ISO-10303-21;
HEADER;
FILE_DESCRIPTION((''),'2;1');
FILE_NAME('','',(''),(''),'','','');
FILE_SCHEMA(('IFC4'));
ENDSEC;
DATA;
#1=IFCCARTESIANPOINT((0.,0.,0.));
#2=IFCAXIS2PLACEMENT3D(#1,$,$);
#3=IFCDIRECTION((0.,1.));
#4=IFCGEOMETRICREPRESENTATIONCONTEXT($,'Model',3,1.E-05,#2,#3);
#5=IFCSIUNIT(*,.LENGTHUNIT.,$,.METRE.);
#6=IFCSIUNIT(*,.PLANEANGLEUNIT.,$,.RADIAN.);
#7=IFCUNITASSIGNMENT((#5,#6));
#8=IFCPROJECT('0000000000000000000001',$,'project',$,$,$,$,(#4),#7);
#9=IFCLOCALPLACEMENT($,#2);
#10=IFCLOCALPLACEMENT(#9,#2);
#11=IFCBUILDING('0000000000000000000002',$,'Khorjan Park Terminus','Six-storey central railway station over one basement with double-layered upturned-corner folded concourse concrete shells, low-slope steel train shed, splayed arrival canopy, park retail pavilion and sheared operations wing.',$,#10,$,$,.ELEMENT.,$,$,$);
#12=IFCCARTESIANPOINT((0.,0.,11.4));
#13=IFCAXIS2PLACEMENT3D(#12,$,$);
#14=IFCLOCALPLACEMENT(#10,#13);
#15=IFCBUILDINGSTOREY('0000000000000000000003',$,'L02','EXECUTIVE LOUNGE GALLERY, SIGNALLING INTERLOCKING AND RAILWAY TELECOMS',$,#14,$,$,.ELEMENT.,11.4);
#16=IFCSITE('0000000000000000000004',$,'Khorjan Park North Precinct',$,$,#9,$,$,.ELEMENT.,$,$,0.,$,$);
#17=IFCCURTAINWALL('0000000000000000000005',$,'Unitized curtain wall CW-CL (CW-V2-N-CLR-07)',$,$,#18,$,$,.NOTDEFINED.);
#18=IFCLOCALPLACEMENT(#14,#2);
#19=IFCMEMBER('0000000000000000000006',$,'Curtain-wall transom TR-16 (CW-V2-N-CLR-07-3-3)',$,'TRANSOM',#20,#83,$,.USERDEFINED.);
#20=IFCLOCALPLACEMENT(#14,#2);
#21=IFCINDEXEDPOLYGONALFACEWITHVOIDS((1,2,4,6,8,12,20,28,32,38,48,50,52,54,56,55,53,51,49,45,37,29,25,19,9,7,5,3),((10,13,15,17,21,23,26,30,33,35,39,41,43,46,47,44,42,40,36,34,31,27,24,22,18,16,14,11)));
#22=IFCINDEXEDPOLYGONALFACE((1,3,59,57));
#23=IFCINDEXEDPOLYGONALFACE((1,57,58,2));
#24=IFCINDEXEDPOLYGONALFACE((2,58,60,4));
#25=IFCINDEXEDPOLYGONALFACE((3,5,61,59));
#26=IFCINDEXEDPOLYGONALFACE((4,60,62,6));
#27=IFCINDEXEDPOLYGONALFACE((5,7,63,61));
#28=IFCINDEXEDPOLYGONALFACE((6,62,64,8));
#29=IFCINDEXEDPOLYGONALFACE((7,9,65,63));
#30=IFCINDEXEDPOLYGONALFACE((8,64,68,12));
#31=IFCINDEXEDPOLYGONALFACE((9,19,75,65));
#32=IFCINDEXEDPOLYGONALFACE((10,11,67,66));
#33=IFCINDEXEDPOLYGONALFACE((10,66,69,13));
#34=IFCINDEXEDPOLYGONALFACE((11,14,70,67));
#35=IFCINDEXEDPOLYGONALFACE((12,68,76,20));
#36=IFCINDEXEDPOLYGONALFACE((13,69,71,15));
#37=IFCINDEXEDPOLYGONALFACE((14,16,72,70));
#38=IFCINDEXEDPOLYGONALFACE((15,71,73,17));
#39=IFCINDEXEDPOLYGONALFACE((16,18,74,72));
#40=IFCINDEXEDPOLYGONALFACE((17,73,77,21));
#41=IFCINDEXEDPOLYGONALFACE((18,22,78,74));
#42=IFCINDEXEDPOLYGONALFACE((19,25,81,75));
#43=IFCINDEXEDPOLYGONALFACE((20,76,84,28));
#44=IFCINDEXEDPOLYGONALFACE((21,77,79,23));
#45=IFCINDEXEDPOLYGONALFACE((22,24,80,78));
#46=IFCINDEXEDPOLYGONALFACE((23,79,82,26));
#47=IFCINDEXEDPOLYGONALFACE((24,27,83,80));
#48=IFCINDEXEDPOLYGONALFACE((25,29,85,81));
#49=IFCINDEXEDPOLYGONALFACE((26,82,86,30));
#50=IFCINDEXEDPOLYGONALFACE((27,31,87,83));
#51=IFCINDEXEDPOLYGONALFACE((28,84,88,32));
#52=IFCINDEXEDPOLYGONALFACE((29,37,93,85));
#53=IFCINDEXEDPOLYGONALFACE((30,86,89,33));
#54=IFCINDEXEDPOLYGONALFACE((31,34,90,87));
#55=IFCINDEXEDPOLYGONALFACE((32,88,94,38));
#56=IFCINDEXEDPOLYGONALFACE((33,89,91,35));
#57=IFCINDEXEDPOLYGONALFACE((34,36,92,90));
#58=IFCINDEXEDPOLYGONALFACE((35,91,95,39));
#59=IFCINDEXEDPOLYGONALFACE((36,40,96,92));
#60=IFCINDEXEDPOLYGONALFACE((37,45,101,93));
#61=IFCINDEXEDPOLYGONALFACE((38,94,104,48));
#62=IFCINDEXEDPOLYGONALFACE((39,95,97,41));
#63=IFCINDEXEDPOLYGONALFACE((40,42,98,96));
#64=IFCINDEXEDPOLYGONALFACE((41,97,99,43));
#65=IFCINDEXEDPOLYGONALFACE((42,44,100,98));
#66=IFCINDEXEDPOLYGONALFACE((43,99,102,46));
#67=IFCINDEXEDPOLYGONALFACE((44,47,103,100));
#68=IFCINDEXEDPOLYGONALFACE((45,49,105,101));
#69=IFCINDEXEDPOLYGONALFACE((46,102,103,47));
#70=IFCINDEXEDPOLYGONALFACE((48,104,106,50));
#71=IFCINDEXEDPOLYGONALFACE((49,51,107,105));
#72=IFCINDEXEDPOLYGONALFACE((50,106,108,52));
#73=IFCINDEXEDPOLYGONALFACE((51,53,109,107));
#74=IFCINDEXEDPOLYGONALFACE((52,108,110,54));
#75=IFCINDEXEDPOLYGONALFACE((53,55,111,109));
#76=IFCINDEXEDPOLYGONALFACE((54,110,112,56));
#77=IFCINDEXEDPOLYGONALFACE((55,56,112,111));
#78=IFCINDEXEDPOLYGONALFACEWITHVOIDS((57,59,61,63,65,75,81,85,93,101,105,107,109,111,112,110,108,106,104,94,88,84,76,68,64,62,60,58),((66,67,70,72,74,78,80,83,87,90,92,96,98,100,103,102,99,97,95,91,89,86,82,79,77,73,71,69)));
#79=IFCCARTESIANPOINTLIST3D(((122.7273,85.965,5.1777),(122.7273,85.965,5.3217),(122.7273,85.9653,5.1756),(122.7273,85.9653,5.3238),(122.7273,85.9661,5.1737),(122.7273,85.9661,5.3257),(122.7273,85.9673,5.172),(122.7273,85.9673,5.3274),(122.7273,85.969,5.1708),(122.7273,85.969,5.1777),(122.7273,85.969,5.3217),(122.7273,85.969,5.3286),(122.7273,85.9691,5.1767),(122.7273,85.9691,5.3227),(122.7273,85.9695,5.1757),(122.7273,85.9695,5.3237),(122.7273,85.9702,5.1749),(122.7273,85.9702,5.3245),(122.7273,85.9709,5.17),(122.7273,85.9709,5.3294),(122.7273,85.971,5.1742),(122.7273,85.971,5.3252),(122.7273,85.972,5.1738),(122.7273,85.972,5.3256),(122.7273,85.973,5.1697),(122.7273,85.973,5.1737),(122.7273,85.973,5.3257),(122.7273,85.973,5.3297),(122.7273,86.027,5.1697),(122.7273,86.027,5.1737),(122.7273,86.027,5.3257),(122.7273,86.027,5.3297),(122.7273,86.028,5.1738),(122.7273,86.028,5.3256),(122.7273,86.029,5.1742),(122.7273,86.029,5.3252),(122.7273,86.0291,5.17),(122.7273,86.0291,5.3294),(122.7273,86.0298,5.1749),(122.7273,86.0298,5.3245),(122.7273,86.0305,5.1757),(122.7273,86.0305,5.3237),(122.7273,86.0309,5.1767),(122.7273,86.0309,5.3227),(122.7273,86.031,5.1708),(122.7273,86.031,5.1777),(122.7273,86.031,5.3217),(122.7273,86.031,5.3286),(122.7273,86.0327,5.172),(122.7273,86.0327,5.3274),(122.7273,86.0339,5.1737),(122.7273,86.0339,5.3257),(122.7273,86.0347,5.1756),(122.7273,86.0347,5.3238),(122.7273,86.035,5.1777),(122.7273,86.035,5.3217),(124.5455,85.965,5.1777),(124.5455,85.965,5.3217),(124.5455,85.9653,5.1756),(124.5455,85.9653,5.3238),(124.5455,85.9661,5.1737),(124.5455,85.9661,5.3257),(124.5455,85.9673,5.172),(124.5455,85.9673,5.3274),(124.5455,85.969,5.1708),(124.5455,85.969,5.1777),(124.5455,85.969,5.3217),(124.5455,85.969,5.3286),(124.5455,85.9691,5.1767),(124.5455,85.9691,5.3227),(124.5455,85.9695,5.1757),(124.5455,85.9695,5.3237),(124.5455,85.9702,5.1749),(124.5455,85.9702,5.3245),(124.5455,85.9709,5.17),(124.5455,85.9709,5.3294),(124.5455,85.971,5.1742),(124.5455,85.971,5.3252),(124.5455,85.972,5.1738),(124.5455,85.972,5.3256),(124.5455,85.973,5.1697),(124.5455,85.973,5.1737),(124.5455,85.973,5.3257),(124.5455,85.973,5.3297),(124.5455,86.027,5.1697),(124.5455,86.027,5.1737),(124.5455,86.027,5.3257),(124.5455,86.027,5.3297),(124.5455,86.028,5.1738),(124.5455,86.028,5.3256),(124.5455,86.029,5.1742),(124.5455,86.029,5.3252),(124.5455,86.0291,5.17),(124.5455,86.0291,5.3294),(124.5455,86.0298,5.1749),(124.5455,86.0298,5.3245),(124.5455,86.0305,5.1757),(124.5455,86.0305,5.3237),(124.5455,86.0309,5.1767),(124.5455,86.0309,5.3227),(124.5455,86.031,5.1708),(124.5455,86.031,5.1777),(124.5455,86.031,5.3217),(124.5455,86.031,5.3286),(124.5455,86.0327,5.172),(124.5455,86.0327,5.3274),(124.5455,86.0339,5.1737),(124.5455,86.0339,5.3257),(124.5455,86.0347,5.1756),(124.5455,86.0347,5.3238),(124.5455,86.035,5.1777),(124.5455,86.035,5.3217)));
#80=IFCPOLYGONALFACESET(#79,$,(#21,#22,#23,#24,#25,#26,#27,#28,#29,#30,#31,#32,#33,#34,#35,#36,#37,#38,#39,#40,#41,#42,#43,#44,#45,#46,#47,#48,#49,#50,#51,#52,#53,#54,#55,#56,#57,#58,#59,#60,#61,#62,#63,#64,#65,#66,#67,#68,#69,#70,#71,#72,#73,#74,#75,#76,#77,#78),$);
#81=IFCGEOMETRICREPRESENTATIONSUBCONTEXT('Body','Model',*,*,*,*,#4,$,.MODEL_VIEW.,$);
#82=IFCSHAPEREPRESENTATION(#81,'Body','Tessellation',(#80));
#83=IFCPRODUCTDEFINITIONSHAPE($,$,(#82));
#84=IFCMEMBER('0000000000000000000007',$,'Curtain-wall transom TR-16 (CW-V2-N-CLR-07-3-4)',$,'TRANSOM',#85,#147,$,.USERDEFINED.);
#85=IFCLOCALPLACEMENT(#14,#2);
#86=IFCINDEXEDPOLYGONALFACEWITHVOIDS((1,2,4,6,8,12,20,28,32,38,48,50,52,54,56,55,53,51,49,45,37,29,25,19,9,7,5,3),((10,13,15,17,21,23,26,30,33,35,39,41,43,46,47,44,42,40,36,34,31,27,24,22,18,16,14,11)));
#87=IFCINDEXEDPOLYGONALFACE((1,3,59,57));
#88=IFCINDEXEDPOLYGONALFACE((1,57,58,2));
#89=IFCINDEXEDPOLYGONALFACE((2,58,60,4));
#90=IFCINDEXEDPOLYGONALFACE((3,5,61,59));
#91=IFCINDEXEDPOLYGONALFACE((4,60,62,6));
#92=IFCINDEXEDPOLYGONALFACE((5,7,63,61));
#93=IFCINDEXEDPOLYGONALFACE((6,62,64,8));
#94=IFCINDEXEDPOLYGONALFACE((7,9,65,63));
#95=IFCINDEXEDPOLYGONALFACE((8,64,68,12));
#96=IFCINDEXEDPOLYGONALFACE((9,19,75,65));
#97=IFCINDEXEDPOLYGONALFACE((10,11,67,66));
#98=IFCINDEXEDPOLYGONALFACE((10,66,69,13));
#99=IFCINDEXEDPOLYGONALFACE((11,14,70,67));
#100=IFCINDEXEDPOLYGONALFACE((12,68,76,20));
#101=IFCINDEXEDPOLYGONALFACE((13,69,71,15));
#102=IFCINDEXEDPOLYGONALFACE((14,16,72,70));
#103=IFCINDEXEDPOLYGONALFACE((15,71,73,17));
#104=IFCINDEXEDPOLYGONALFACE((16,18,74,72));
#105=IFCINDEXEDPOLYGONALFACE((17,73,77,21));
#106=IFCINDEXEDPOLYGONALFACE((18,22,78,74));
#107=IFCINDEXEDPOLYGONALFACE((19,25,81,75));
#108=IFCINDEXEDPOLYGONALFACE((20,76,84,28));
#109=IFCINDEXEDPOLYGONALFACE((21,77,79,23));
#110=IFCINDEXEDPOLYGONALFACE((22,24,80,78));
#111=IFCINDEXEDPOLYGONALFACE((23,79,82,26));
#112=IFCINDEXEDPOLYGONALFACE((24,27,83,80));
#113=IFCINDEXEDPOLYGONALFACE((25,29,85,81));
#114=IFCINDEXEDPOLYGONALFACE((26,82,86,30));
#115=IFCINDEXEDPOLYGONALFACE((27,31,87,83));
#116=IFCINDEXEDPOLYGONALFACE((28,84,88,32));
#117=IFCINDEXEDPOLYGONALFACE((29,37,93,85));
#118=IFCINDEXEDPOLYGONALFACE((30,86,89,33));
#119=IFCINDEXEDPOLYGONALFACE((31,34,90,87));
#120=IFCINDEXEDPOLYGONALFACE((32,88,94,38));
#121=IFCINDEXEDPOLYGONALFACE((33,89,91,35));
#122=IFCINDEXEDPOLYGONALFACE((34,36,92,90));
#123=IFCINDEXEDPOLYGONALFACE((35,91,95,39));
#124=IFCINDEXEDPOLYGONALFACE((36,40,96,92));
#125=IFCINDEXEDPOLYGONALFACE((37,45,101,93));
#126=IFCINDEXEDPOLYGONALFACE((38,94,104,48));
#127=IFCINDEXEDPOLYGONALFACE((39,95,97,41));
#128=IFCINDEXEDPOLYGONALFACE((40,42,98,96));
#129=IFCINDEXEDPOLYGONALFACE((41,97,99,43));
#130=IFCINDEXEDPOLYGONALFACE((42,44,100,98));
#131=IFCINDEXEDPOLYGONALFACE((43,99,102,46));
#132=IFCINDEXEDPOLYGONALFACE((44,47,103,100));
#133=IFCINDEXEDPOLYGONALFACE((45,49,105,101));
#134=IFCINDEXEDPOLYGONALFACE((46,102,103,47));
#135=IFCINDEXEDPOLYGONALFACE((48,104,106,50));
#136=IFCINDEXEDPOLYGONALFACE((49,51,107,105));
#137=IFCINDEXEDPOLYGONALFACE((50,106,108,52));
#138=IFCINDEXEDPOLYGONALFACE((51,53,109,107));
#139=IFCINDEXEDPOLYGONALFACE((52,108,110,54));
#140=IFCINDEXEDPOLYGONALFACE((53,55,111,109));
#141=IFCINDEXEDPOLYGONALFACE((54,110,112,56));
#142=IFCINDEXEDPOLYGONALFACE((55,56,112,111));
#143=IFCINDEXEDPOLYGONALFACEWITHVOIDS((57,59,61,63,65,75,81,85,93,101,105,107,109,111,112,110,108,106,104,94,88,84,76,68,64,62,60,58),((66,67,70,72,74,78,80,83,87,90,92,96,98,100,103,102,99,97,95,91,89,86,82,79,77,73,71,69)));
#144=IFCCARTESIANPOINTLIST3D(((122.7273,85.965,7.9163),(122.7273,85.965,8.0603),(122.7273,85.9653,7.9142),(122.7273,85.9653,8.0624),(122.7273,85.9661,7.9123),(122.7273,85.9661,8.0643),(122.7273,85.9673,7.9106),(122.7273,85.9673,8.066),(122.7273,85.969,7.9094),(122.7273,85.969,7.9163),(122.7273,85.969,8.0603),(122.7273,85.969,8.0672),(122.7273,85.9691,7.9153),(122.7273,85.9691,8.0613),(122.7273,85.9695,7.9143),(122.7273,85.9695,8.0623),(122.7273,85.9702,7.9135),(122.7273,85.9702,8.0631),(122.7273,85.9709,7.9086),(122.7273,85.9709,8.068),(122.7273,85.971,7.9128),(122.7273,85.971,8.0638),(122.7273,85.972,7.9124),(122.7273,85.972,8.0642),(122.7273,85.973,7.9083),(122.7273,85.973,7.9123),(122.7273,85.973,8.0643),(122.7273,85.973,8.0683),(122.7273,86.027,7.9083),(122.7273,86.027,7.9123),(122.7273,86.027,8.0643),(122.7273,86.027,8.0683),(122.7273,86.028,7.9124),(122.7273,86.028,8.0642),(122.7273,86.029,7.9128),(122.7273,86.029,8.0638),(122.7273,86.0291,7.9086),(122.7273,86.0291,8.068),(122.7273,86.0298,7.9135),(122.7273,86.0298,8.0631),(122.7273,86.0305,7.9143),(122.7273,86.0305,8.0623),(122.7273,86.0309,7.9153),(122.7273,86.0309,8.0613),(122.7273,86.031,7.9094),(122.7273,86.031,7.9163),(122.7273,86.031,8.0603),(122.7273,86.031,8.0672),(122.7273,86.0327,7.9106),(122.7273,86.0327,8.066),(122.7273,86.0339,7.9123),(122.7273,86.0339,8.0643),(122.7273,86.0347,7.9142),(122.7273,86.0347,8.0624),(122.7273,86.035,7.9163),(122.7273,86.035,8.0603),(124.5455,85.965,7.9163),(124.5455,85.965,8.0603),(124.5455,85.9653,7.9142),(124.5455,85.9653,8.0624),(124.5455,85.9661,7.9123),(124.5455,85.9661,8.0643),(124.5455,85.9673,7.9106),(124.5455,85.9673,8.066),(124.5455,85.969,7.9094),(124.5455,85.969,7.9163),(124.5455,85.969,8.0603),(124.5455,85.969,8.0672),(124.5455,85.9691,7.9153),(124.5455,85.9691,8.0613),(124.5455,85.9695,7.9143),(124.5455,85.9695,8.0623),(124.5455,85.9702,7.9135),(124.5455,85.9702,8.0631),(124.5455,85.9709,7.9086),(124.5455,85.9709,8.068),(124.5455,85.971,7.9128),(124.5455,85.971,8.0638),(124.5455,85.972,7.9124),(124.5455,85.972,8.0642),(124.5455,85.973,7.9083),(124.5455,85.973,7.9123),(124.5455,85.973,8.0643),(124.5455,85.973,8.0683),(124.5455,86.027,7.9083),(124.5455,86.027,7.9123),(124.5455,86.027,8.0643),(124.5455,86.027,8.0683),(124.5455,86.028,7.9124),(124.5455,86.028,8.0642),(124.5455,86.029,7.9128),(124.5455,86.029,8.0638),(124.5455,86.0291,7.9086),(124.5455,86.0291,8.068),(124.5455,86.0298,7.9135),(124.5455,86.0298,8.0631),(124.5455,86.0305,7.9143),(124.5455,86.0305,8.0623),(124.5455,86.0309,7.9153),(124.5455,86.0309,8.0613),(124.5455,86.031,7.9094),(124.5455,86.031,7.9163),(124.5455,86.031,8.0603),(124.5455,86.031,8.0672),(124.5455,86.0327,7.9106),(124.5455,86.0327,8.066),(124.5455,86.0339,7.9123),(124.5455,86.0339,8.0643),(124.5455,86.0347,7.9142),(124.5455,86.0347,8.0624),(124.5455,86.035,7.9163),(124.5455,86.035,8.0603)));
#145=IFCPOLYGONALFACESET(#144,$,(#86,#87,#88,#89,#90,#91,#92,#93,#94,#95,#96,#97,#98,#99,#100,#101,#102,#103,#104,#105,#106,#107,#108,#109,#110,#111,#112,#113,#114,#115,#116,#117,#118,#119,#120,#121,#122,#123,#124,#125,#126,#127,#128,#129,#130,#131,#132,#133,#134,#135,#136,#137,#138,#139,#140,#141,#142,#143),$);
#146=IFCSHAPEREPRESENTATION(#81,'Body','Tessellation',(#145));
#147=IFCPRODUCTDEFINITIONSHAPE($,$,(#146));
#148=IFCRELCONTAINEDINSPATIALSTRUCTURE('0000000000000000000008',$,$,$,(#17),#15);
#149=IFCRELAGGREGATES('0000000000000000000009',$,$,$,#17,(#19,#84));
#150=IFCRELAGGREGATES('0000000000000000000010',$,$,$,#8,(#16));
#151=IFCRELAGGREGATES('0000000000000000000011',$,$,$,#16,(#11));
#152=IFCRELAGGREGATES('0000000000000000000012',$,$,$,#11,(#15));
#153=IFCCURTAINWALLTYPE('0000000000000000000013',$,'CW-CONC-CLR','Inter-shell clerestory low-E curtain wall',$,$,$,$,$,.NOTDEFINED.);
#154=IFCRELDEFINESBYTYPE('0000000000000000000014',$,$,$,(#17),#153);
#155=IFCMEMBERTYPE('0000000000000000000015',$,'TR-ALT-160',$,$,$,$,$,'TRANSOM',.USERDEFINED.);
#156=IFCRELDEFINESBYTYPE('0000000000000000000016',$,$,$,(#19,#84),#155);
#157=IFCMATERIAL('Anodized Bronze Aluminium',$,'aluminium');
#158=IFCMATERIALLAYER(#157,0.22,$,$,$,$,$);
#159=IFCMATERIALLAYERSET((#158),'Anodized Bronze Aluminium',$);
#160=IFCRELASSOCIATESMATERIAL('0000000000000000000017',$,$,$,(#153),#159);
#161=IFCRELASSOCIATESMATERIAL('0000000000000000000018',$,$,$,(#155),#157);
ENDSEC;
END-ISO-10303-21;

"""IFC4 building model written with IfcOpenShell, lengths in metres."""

from ifc_helpers import new_model, si_unit, direction, frame, origin, origin_2d, place, context, subcontext, project, spatial, hollow_rectangle, extrude, material, layer, layer_set, material_profile, profile_set, type_object, element, aggregate, save


model = new_model("IFC4")

# Units and contexts
model_context = context("Model", 3, precision=1e-05, world=origin(), true_north=direction((0.0, 1.0)))
body_context = subcontext(model_context, "Body", "Model", "MODEL_VIEW")
ifc_project = project(units=[si_unit("LENGTHUNIT", "METRE"), si_unit("PLANEANGLEUNIT", "RADIAN")], contexts=[model_context])

# Site, building, storey
site_placement = place(None, origin())
site = spatial("IfcSite", under=ifc_project, at=site_placement, Name="Khorjan Park North Precinct", CompositionType="ELEMENT", RefElevation=0.0)
building_placement = place(site_placement, origin())
building = spatial("IfcBuilding", under=site, at=building_placement, Name="Khorjan Park Terminus", Description="Six-storey central railway station over one basement with double-layered upturned-corner folded concourse concrete shells, low-slope steel train shed, splayed arrival canopy, park retail pavilion and sheared operations wing.", CompositionType="ELEMENT")
storey_placement = place(building_placement, frame((0.0, 0.0, 11.4)))
storey = spatial("IfcBuildingStorey", under=building, at=storey_placement, Name="L02", Description="EXECUTIVE LOUNGE GALLERY, SIGNALLING INTERLOCKING AND RAILWAY TELECOMS", CompositionType="ELEMENT", Elevation=11.4)

# Shared definitions
ifc_material_1 = material(Name="Anodized Bronze Aluminium", Category="aluminium")
ifc_layer_1 = layer(ifc_material_1, 0.22)
ifc_layer_set_1 = layer_set([ifc_layer_1], Name="Anodized Bronze Aluminium")
curtain_wall_type = type_object("IfcCurtainWallType", Name="CW-CONC-CLR", Description="Inter-shell clerestory low-E curtain wall", PredefinedType="NOTDEFINED", material=ifc_layer_set_1)

# Curtain wall, members
curtain_wall_1_placement = place(storey_placement, origin())
curtain_wall_1 = element("IfcCurtainWall", 1, at=curtain_wall_1_placement, inside=storey, type_object=curtain_wall_type, Name="Unitized curtain wall CW-CL (CW-V2-N-CLR-07)", PredefinedType="NOTDEFINED")
ifc_material_profile_1 = material_profile(ifc_material_1, hollow_rectangle(XDim=0.07, YDim=0.16, WallThickness=0.004, InnerFilletRadius=0.004, OuterFilletRadius=0.008, at=origin_2d()), Name="ALT 70x160x4")
ifc_profile_set_1 = profile_set([ifc_material_profile_1], Name="Anodized Bronze Aluminium")
member_type_1 = type_object("IfcMemberType", Name="TR-ALT-160", ElementType="TRANSOM", PredefinedType="USERDEFINED", material=ifc_profile_set_1)
member_1_placement = place(storey_placement, frame((124.5455, 86.0, 5.2497), z_axis=(-1.0, 0.0, 0.0), x_axis=(0.0, -1.0, 0.0)))
member_1 = element("IfcMember", 2, at=member_1_placement, type_object=member_type_1, Name="Curtain-wall transom TR-16 (CW-V2-N-CLR-07-3-3)", ObjectType="TRANSOM", PredefinedType="USERDEFINED", context=body_context, shape_type="SweptSolid", body=[
    extrude(hollow_rectangle(XDim=0.07, YDim=0.16, WallThickness=0.004, InnerFilletRadius=0.004, OuterFilletRadius=0.008, at=origin_2d()), origin(), (0.0, 0.0, 1.0), 1.8182),
])
member_2_placement = place(storey_placement, frame((124.5455, 86.0, 7.9883), z_axis=(-1.0, 0.0, 0.0), x_axis=(0.0, -1.0, 0.0)))
member_2 = element("IfcMember", 3, at=member_2_placement, type_object=member_type_1, Name="Curtain-wall transom TR-16 (CW-V2-N-CLR-07-3-4)", ObjectType="TRANSOM", PredefinedType="USERDEFINED", context=body_context, shape_type="SweptSolid", body=[
    extrude(hollow_rectangle(XDim=0.07, YDim=0.16, WallThickness=0.004, InnerFilletRadius=0.004, OuterFilletRadius=0.008, at=origin_2d()), origin(), (0.0, 0.0, 1.0), 1.8182),
])

aggregate(curtain_wall_1, [member_1, member_2])

save(model, "model.ifc")
